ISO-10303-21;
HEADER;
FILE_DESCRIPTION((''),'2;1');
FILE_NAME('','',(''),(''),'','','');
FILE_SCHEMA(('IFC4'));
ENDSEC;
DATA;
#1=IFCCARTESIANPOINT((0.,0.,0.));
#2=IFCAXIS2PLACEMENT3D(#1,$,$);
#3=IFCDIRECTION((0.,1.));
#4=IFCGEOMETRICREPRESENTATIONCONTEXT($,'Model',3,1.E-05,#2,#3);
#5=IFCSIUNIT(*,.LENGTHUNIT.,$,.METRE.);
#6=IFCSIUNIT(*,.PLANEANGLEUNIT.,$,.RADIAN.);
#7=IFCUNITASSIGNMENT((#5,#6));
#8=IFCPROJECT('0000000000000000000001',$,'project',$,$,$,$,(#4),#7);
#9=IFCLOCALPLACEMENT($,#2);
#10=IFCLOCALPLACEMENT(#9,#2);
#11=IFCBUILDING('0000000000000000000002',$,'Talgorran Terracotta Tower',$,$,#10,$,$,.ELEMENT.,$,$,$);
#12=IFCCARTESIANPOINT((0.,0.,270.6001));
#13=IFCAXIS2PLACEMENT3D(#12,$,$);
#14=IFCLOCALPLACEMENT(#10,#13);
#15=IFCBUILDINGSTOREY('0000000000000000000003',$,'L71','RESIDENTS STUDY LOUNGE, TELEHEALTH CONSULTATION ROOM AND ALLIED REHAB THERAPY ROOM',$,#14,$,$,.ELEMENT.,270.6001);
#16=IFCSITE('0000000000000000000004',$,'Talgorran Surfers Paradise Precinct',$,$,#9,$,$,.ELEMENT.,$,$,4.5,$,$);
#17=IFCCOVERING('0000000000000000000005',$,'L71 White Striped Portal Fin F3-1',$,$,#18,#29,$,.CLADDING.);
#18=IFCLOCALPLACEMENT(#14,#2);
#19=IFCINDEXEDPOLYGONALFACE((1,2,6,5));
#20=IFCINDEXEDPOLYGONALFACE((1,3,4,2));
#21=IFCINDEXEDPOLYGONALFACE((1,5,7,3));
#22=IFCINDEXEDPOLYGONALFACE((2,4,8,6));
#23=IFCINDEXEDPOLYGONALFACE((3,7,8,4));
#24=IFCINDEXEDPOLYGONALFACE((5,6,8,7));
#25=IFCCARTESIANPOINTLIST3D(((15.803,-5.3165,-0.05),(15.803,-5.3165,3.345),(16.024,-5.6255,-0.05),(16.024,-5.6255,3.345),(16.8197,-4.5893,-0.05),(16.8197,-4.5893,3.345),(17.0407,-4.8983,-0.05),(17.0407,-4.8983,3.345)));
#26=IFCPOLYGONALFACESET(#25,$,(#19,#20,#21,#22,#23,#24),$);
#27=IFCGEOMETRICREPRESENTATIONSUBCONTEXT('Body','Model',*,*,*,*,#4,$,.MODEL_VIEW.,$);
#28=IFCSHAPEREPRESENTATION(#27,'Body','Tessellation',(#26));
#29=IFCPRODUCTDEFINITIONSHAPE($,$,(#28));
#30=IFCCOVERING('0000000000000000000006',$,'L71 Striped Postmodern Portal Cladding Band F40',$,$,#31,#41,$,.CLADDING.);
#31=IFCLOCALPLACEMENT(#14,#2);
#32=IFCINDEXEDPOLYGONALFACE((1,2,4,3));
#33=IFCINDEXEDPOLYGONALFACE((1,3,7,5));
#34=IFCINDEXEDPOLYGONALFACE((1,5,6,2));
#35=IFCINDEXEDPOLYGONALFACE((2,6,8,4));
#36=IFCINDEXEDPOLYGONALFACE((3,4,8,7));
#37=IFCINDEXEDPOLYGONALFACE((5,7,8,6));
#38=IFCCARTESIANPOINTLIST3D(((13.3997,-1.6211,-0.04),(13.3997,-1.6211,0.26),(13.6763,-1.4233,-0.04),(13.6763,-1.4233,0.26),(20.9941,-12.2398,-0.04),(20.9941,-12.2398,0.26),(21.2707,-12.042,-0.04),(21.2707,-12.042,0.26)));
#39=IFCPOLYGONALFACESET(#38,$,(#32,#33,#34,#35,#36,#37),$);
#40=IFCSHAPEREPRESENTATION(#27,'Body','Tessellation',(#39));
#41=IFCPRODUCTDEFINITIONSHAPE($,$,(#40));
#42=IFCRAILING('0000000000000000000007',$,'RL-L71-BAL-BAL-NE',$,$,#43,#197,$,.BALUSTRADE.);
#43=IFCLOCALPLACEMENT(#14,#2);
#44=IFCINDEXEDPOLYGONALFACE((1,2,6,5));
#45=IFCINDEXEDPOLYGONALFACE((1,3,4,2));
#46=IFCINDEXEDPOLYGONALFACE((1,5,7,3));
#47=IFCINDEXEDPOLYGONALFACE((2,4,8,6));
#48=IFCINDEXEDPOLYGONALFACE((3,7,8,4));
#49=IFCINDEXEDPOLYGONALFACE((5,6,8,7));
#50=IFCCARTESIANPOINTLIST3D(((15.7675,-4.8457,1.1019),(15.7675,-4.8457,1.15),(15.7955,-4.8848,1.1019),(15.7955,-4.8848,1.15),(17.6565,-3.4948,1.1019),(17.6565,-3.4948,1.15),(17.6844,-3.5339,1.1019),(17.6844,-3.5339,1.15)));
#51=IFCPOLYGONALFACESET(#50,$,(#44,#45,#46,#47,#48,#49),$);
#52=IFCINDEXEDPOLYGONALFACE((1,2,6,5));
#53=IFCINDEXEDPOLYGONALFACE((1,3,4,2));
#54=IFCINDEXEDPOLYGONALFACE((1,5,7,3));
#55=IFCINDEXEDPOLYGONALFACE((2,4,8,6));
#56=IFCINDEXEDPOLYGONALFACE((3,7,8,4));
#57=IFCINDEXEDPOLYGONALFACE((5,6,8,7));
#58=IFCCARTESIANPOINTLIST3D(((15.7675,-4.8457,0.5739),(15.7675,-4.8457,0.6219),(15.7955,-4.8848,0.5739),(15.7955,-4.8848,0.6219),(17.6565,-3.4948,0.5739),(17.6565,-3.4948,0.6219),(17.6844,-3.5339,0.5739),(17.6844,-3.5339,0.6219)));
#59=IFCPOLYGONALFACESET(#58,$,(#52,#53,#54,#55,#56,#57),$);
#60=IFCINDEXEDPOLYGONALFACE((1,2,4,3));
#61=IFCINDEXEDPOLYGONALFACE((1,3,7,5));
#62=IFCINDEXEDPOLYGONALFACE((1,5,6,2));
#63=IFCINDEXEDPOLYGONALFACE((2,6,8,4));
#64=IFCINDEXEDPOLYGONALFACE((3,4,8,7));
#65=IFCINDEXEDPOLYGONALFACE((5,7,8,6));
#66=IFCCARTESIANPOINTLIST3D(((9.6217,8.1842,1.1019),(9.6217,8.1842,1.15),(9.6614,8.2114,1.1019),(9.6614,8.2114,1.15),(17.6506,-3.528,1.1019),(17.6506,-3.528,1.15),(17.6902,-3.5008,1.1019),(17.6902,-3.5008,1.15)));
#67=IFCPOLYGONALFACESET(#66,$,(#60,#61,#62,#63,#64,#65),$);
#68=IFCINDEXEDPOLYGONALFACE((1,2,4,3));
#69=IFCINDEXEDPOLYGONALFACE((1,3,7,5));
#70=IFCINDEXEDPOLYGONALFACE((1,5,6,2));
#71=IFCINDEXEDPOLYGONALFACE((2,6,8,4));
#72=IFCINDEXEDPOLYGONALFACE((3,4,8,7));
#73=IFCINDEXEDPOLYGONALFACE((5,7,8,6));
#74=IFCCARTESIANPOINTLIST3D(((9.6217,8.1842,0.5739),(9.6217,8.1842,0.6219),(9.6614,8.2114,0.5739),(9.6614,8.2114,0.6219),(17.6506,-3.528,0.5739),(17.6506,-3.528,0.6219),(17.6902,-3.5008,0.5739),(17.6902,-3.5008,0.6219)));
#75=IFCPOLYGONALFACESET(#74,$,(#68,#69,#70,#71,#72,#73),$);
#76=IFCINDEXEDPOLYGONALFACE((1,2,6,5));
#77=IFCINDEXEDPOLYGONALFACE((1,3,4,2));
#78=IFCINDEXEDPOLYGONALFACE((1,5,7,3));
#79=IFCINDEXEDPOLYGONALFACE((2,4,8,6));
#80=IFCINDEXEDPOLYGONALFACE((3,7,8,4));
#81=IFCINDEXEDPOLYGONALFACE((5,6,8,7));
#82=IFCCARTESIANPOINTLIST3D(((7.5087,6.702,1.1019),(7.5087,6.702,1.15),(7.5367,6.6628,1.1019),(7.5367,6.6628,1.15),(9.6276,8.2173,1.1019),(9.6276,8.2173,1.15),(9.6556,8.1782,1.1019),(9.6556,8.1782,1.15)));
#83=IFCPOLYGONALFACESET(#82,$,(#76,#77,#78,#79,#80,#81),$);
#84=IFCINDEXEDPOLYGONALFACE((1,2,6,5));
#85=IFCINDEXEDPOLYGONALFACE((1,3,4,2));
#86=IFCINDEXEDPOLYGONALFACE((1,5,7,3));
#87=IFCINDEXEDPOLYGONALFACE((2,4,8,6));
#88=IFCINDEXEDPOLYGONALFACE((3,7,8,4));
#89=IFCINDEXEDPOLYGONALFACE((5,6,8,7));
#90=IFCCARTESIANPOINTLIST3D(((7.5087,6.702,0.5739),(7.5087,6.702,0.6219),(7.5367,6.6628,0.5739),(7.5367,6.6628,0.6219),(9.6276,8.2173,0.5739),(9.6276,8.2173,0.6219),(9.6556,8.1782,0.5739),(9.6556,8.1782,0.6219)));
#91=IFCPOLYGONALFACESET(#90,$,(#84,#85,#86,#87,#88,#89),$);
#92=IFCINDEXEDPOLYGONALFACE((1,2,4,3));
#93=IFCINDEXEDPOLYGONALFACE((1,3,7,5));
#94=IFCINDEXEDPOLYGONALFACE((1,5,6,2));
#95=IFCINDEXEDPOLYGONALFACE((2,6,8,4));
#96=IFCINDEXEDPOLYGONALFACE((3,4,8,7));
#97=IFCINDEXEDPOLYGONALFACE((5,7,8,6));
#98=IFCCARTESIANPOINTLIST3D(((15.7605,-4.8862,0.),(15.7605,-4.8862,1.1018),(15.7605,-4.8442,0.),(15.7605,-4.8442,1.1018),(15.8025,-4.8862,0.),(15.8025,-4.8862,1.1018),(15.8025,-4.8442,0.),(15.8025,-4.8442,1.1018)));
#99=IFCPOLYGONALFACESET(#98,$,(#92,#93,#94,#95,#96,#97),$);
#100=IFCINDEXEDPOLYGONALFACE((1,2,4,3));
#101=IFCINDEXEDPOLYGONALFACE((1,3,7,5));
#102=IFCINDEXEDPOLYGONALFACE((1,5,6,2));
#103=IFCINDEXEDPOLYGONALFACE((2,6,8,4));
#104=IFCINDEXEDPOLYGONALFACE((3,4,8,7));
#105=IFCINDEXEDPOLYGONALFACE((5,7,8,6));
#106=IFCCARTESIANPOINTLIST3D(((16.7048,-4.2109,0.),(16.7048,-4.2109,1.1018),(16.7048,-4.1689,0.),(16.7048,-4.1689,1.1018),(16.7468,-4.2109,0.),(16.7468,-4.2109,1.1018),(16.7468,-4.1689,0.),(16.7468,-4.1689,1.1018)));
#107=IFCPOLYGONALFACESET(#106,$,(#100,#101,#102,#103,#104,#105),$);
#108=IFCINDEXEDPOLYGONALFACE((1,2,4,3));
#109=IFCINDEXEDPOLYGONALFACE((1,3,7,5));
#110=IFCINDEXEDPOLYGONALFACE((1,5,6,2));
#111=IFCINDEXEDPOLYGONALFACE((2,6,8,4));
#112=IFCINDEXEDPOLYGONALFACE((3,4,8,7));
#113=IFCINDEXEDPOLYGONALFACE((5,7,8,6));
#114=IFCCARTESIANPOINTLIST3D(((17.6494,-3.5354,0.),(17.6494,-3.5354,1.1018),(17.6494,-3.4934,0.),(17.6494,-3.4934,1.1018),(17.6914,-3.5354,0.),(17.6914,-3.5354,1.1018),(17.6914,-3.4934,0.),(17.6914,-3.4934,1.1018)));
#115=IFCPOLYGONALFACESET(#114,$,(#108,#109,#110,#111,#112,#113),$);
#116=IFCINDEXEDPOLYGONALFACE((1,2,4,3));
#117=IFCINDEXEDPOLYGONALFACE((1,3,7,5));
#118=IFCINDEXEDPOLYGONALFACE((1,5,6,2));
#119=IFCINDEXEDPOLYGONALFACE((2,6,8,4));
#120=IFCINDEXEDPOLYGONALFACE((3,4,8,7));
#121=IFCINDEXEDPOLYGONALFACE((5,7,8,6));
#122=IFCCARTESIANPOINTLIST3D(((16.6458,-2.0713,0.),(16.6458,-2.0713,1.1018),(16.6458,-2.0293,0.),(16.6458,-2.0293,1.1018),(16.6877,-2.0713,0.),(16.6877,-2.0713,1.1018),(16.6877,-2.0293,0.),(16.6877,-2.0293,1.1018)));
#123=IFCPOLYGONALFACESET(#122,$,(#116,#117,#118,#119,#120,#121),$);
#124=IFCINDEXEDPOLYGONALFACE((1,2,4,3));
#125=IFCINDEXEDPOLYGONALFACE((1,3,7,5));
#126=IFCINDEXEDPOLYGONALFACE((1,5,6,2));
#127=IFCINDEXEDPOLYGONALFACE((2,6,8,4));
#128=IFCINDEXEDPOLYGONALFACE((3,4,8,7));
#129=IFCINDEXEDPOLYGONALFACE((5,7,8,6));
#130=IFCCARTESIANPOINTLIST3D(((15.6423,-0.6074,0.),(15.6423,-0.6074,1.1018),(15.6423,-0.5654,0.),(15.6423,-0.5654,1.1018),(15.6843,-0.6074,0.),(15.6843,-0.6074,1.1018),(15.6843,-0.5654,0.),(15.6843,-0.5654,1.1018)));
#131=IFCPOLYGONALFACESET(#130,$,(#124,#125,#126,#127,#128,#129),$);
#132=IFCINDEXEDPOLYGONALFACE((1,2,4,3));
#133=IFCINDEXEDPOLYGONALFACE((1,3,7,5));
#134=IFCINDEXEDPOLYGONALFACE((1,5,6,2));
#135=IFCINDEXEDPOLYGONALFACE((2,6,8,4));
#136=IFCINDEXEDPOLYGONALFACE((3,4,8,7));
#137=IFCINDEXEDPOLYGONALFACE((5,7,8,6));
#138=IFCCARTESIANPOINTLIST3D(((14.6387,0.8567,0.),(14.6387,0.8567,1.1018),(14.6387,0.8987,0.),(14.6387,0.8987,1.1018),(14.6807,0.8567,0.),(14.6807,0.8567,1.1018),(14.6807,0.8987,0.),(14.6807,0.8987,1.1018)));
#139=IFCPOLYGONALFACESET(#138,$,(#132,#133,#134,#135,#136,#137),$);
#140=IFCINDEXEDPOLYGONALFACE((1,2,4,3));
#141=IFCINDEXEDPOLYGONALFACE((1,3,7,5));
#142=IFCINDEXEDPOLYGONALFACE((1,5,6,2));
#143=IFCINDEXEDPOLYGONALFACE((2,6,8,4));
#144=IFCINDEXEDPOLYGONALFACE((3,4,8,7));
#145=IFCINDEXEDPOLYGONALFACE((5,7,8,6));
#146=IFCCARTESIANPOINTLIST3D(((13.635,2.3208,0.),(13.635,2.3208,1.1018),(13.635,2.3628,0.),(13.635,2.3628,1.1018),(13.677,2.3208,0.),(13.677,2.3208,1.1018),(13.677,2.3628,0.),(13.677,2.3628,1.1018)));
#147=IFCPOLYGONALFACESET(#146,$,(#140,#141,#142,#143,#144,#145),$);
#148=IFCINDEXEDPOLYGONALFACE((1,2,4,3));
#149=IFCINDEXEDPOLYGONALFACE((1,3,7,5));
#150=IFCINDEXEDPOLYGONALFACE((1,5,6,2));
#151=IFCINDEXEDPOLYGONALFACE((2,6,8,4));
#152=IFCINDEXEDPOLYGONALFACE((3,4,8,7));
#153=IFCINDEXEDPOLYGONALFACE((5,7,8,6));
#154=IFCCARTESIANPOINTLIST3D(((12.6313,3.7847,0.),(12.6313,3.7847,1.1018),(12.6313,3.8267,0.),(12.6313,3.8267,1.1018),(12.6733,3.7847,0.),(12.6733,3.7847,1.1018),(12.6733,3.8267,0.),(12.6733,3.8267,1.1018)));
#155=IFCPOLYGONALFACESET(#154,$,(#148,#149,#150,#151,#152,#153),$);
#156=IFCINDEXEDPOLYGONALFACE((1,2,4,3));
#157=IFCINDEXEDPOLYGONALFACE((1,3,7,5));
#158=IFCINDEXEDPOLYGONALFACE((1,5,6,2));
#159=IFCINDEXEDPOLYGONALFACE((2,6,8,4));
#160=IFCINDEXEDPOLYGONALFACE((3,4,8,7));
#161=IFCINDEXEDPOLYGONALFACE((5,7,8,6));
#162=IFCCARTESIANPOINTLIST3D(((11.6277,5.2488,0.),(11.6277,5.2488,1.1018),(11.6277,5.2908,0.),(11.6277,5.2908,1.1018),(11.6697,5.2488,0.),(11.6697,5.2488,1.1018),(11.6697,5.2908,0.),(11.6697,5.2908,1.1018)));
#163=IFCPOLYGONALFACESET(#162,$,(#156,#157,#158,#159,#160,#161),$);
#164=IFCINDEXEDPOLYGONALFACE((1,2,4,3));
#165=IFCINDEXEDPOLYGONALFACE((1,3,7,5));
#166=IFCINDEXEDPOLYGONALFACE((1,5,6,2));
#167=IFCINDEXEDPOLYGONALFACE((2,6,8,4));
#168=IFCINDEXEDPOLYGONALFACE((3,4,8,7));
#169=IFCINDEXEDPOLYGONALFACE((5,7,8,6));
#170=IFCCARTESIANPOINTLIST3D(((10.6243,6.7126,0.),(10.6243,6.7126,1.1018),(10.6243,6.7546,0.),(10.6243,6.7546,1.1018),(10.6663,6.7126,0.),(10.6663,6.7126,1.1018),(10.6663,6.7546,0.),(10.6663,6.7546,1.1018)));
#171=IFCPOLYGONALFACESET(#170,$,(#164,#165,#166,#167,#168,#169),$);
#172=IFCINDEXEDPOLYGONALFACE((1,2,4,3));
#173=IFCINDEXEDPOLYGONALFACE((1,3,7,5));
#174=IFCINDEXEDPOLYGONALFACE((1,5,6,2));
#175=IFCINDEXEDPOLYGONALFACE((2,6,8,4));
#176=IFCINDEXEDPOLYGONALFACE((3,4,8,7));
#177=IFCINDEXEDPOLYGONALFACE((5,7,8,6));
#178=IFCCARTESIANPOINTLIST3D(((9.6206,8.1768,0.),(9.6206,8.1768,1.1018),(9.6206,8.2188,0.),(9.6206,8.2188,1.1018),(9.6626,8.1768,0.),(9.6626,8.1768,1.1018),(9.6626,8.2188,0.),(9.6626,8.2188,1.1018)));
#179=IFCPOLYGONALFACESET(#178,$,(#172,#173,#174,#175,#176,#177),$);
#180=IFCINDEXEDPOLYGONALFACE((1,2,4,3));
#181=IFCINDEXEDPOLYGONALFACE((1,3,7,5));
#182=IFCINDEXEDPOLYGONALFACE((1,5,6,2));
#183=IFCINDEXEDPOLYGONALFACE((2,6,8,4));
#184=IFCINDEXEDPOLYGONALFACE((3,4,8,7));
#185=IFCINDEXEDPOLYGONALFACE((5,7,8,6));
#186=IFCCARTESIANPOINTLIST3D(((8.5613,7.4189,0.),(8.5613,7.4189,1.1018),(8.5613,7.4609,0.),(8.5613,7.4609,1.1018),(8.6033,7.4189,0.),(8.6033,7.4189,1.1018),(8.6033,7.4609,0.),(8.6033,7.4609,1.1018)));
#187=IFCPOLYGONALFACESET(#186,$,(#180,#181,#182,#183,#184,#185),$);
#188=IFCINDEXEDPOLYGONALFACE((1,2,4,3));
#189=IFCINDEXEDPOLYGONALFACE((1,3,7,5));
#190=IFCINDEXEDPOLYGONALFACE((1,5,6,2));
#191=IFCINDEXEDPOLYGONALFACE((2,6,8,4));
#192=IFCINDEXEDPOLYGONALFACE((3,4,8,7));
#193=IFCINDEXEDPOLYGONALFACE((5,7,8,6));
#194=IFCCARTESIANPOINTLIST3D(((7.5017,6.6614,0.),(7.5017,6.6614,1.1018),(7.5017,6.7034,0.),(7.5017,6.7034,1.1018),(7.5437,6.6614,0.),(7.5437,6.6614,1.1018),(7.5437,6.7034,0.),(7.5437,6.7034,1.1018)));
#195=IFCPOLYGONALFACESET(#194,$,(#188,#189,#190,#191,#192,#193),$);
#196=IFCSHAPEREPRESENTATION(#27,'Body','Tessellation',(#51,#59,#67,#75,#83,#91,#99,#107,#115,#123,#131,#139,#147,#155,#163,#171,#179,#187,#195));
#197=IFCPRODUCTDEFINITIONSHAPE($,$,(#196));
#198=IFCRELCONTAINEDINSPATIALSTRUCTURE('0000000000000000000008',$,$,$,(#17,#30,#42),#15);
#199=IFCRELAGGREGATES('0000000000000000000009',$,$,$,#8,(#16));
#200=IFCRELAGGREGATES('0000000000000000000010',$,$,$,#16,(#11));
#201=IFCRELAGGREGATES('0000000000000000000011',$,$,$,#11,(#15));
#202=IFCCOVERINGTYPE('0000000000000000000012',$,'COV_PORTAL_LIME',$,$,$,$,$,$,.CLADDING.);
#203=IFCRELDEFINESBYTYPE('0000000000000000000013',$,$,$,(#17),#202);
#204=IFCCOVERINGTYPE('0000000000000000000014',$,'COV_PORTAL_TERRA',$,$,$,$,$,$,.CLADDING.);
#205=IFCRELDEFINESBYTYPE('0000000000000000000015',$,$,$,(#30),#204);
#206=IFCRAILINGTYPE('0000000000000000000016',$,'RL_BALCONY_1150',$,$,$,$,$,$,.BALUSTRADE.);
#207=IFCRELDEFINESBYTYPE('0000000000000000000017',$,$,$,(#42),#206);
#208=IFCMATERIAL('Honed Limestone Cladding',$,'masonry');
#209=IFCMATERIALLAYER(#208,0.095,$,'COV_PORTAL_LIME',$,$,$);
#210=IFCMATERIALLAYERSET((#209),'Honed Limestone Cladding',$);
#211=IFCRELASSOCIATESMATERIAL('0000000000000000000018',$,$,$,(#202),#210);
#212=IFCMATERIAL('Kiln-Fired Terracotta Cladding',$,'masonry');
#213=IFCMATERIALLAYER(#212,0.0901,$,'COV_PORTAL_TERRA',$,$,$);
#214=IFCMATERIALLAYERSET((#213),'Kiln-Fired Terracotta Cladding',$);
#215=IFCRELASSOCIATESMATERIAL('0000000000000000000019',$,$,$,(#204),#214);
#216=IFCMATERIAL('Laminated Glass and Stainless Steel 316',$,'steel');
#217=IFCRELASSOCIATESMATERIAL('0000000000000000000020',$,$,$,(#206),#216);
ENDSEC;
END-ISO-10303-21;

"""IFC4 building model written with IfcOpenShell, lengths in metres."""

from ifc_helpers import new_model, si_unit, direction, frame, origin, origin_2d, place, context, subcontext, project, spatial, rectangle, extrude, material, layer, layer_set, type_object, element, save


model = new_model("IFC4")

# Units and contexts
model_context = context("Model", 3, precision=1e-05, world=origin(), true_north=direction((0.0, 1.0)))
body_context = subcontext(model_context, "Body", "Model", "MODEL_VIEW")
ifc_project = project(units=[si_unit("LENGTHUNIT", "METRE"), si_unit("PLANEANGLEUNIT", "RADIAN")], contexts=[model_context])

# Site, building, storey
site_placement = place(None, origin())
site = spatial("IfcSite", under=ifc_project, at=site_placement, Name="Talgorran Surfers Paradise Precinct", CompositionType="ELEMENT", RefElevation=4.5)
building_placement = place(site_placement, origin())
building = spatial("IfcBuilding", under=site, at=building_placement, Name="Talgorran Terracotta Tower", CompositionType="ELEMENT")
storey_placement = place(building_placement, frame((0.0, 0.0, 270.6001)))
storey = spatial("IfcBuildingStorey", under=building, at=storey_placement, Name="L71", Description="RESIDENTS STUDY LOUNGE, TELEHEALTH CONSULTATION ROOM AND ALLIED REHAB THERAPY ROOM", CompositionType="ELEMENT", Elevation=270.6001)

# Coverings
ifc_material_1 = material(Name="Honed Limestone Cladding", Category="masonry")
ifc_layer_1 = layer(ifc_material_1, 0.095, Name="COV_PORTAL_LIME")
ifc_layer_set_1 = layer_set([ifc_layer_1], Name="Honed Limestone Cladding")
covering_type_1 = type_object("IfcCoveringType", Name="COV_PORTAL_LIME", PredefinedType="CLADDING", material=ifc_layer_set_1)
covering_1_placement = place(storey_placement, frame((16.4219, -5.1074, -0.05), z_axis=(0.0, 0.0, 1.0), x_axis=(-0.581726, 0.813385, 0.0)))
element("IfcCovering", 1, at=covering_1_placement, inside=storey, type_object=covering_type_1, Name="L71 White Striped Portal Fin F3-1", PredefinedType="CLADDING", context=body_context, shape_type="SweptSolid", body=[
    extrude(rectangle(XDim=0.3799, YDim=1.25, at=origin_2d()), origin(), (0.0, 0.0, 1.0), 3.395),
])
ifc_material_2 = material(Name="Kiln-Fired Terracotta Cladding", Category="masonry")
ifc_layer_2 = layer(ifc_material_2, 0.0901, Name="COV_PORTAL_TERRA")
ifc_layer_set_2 = layer_set([ifc_layer_2], Name="Kiln-Fired Terracotta Cladding")
covering_type_2 = type_object("IfcCoveringType", Name="COV_PORTAL_TERRA", PredefinedType="CLADDING", material=ifc_layer_set_2)
covering_2_placement = place(storey_placement, frame((17.3352, -6.8315, -0.04), z_axis=(0.0, 0.0, 1.0), x_axis=(-0.581726, 0.813385, 0.0)))
element("IfcCovering", 2, at=covering_2_placement, inside=storey, type_object=covering_type_2, Name="L71 Striped Postmodern Portal Cladding Band F40", PredefinedType="CLADDING", context=body_context, shape_type="SweptSolid", body=[
    extrude(rectangle(XDim=13.0549, YDim=0.3401, at=origin_2d()), origin(), (0.0, 0.0, 1.0), 0.3),
])

# Railing
ifc_material_3 = material(Name="Laminated Glass and Stainless Steel 316", Category="steel")
railing_type = type_object("IfcRailingType", Name="RL_BALCONY_1150", PredefinedType="BALUSTRADE", material=ifc_material_3)
railing_placement = place(storey_placement, frame((15.7815, -4.8652, 0.0)))
element("IfcRailing", 3, at=railing_placement, inside=storey, type_object=railing_type, Name="RL-L71-BAL-BAL-NE", PredefinedType="BALUSTRADE", context=body_context, shape_type="SweptSolid", body=[
    extrude(rectangle(XDim=0.0481, YDim=0.0481, at=origin_2d()), frame((0.0, 0.0, 1.126), z_axis=(0.813407, 0.581696, 0.0), x_axis=(-0.581696, 0.813407, 0.0)), (0.0, 0.0, 1.0), 2.3223),
    extrude(rectangle(XDim=0.0481, YDim=0.0481, at=origin_2d()), frame((0.0, 0.0, 0.5979), z_axis=(0.813407, 0.581696, 0.0), x_axis=(-0.581696, 0.813407, 0.0)), (0.0, 0.0, 1.0), 2.3223),
    extrude(rectangle(XDim=0.0481, YDim=0.0481, at=origin_2d()), frame((1.8889, 1.3508, 1.126), z_axis=(-0.565414, 0.824807, 0.0), x_axis=(-0.824807, -0.565414, 0.0)), (0.0, 0.0, 1.0), 14.2),
    extrude(rectangle(XDim=0.0481, YDim=0.0481, at=origin_2d()), frame((1.8889, 1.3508, 0.5979), z_axis=(-0.565414, 0.824807, 0.0), x_axis=(-0.824807, -0.565414, 0.0)), (0.0, 0.0, 1.0), 14.2),
    extrude(rectangle(XDim=0.0481, YDim=0.0481, at=origin_2d()), frame((-6.1399, 13.063, 1.126), z_axis=(-0.813391, -0.581717, 0.0), x_axis=(0.581717, -0.813391, 0.0)), (0.0, 0.0, 1.0), 2.605),
    extrude(rectangle(XDim=0.0481, YDim=0.0481, at=origin_2d()), frame((-6.1399, 13.063, 0.5979), z_axis=(-0.813391, -0.581717, 0.0), x_axis=(0.581717, -0.813391, 0.0)), (0.0, 0.0, 1.0), 2.605),
    extrude(rectangle(XDim=0.042, YDim=0.042, at=origin_2d()), origin(), (0.0, 0.0, 1.0), 1.1018),
    extrude(rectangle(XDim=0.042, YDim=0.042, at=origin_2d()), frame((0.9443, 0.6753, 0.0)), (0.0, 0.0, 1.0), 1.1018),
    extrude(rectangle(XDim=0.042, YDim=0.042, at=origin_2d()), frame((1.8889, 1.3508, 0.0)), (0.0, 0.0, 1.0), 1.1018),
    extrude(rectangle(XDim=0.042, YDim=0.042, at=origin_2d()), frame((0.8853, 2.8149, 0.0)), (0.0, 0.0, 1.0), 1.1018),
    extrude(rectangle(XDim=0.042, YDim=0.042, at=origin_2d()), frame((-0.1182, 4.2788, 0.0)), (0.0, 0.0, 1.0), 1.1018),
    extrude(rectangle(XDim=0.042, YDim=0.042, at=origin_2d()), frame((-1.1218, 5.7429, 0.0)), (0.0, 0.0, 1.0), 1.1018),
    extrude(rectangle(XDim=0.042, YDim=0.042, at=origin_2d()), frame((-2.1255, 7.207, 0.0)), (0.0, 0.0, 1.0), 1.1018),
    extrude(rectangle(XDim=0.042, YDim=0.042, at=origin_2d()), frame((-3.1292, 8.6709, 0.0)), (0.0, 0.0, 1.0), 1.1018),
    extrude(rectangle(XDim=0.042, YDim=0.042, at=origin_2d()), frame((-4.1328, 10.135, 0.0)), (0.0, 0.0, 1.0), 1.1018),
    extrude(rectangle(XDim=0.042, YDim=0.042, at=origin_2d()), frame((-5.1362, 11.5989, 0.0)), (0.0, 0.0, 1.0), 1.1018),
    extrude(rectangle(XDim=0.042, YDim=0.042, at=origin_2d()), frame((-6.1399, 13.063, 0.0)), (0.0, 0.0, 1.0), 1.1018),
    extrude(rectangle(XDim=0.042, YDim=0.042, at=origin_2d()), frame((-7.1992, 12.3052, 0.0)), (0.0, 0.0, 1.0), 1.1018),
    extrude(rectangle(XDim=0.042, YDim=0.042, at=origin_2d()), frame((-8.2588, 11.5476, 0.0)), (0.0, 0.0, 1.0), 1.1018),
])

save(model, "model.ifc")
